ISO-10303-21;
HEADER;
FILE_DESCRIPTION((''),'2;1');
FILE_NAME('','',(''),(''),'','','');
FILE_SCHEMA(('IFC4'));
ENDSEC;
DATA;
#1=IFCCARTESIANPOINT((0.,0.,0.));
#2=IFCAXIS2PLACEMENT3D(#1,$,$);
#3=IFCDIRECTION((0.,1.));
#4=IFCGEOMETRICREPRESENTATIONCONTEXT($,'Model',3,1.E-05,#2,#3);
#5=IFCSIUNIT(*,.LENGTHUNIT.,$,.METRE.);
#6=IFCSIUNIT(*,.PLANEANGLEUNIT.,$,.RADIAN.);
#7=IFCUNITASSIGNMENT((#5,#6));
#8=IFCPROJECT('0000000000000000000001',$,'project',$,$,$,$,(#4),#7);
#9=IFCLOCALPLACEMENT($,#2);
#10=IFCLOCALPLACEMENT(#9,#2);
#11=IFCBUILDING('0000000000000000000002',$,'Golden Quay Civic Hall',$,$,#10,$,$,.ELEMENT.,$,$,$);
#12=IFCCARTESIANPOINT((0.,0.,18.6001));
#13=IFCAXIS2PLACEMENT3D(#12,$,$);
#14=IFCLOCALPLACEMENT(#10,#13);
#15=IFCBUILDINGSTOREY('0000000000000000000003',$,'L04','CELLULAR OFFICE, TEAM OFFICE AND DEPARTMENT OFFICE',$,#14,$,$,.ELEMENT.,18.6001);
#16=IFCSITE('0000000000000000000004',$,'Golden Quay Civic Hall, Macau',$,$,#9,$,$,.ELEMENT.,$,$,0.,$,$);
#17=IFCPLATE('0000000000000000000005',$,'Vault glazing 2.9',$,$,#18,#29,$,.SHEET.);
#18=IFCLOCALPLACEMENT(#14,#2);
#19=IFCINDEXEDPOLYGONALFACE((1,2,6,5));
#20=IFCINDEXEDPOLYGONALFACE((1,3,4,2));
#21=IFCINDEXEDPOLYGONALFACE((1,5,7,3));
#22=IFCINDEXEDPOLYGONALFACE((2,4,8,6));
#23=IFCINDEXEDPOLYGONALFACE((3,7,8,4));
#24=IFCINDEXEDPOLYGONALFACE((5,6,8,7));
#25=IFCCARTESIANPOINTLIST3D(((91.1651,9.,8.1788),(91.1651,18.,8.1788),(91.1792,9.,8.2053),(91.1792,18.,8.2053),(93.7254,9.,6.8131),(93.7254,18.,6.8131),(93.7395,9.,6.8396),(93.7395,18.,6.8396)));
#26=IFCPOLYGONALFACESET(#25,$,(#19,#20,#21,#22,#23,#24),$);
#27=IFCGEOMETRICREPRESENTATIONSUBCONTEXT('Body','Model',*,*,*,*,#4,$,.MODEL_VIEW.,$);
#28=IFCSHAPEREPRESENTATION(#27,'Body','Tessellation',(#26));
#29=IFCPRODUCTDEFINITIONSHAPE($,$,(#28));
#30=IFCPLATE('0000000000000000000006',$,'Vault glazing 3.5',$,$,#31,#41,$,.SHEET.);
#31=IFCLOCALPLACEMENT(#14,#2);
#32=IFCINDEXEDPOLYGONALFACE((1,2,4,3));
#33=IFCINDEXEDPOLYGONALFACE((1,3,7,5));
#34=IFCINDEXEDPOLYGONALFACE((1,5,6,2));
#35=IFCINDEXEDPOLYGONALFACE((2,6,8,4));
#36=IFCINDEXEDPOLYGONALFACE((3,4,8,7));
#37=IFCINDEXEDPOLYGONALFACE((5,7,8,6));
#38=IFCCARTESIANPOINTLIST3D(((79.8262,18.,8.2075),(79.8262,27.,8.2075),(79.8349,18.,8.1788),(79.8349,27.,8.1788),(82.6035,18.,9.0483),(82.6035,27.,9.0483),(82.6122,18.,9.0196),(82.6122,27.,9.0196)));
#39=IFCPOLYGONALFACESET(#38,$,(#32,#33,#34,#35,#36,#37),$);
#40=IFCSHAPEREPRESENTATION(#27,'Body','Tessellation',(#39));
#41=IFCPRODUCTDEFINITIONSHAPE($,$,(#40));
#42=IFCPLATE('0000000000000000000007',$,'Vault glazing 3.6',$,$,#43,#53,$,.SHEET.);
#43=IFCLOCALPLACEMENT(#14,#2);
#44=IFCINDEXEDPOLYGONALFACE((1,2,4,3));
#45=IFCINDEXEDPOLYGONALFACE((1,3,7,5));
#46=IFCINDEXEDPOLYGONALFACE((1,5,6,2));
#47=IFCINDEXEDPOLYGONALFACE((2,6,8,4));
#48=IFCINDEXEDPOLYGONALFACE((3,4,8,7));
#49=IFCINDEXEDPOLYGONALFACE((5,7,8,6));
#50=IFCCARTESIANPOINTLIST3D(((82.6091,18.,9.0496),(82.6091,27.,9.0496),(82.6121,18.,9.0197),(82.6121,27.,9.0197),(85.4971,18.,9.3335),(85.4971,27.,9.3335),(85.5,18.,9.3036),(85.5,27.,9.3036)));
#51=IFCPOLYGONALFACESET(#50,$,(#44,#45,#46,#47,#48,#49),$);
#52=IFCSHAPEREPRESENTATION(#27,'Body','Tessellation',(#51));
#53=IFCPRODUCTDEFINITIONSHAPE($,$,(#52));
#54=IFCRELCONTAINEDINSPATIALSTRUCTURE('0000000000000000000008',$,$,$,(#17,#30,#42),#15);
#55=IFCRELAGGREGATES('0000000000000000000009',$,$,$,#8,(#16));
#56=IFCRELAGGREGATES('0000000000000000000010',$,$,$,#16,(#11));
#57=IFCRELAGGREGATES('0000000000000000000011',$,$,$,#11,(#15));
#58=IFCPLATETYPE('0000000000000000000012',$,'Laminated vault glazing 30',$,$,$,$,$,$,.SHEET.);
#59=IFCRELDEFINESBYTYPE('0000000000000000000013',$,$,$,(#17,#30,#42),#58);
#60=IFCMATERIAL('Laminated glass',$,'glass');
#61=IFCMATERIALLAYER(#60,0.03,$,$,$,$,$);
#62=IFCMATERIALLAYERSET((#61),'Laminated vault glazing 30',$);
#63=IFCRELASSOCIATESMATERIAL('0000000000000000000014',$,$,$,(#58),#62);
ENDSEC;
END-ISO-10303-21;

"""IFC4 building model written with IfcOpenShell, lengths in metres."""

from ifc_helpers import new_model, si_unit, direction, frame, origin, place, context, subcontext, project, spatial, polyline, outline, extrude, material, layer, layer_set, type_object, element, save


model = new_model("IFC4")

# Units and contexts
model_context = context("Model", 3, precision=1e-05, world=origin(), true_north=direction((0.0, 1.0)))
body_context = subcontext(model_context, "Body", "Model", "MODEL_VIEW")
ifc_project = project(units=[si_unit("LENGTHUNIT", "METRE"), si_unit("PLANEANGLEUNIT", "RADIAN")], contexts=[model_context])

# Site, building, storey
site_placement = place(None, origin())
site = spatial("IfcSite", under=ifc_project, at=site_placement, Name="Golden Quay Civic Hall, Macau", CompositionType="ELEMENT", RefElevation=0.0)
building_placement = place(site_placement, origin())
building = spatial("IfcBuilding", under=site, at=building_placement, Name="Golden Quay Civic Hall", CompositionType="ELEMENT")
storey_placement = place(building_placement, frame((0.0, 0.0, 18.6001)))
storey = spatial("IfcBuildingStorey", under=building, at=storey_placement, Name="L04", Description="CELLULAR OFFICE, TEAM OFFICE AND DEPARTMENT OFFICE", CompositionType="ELEMENT", Elevation=18.6001)

# Plates
ifc_material_1 = material(Name="Laminated glass", Category="glass")
ifc_layer = layer(ifc_material_1, 0.03)
ifc_layer_set = layer_set([ifc_layer], Name="Laminated vault glazing 30")
plate_type = type_object("IfcPlateType", Name="Laminated vault glazing 30", PredefinedType="SHEET", material=ifc_layer_set)
plate_1_placement = place(storey_placement, frame((91.1792, 9.0, 8.2053), z_axis=(0.470649, 0.0, 0.88232), x_axis=(0.88232, 0.0, -0.470649)))
element("IfcPlate", 1, at=plate_1_placement, inside=storey, type_object=plate_type, Name="Vault glazing 2.9", PredefinedType="SHEET", context=body_context, shape_type="SweptSolid", body=[
    extrude(outline(polyline([(0.0, 0.0), (2.9018, 0.0), (2.9018, 9.0), (0.0, 9.0), (0.0, 0.0)])), origin(), (0.0, 0.0, -1.0), 0.03),
])
plate_2_placement = place(storey_placement, frame((79.8262, 18.0, 8.2075), z_axis=(-0.289755, 0.0, 0.957101), x_axis=(0.957101, 0.0, 0.289755)))
element("IfcPlate", 2, at=plate_2_placement, inside=storey, type_object=plate_type, Name="Vault glazing 3.5", PredefinedType="SHEET", context=body_context, shape_type="SweptSolid", body=[
    extrude(outline(polyline([(0.0, 0.0), (2.9018, 0.0), (2.9018, 9.0), (0.0, 9.0), (0.0, 0.0)])), origin(), (0.0, 0.0, -1.0), 0.03),
])
plate_3_placement = place(storey_placement, frame((82.6091, 18.0, 9.0496), z_axis=(-0.097846, 0.0, 0.995202), x_axis=(0.995202, 0.0, 0.097846)))
element("IfcPlate", 3, at=plate_3_placement, inside=storey, type_object=plate_type, Name="Vault glazing 3.6", PredefinedType="SHEET", context=body_context, shape_type="SweptSolid", body=[
    extrude(outline(polyline([(0.0, 0.0), (2.9019, 0.0), (2.9019, 9.0), (0.0, 9.0), (0.0, 0.0)])), origin(), (0.0, 0.0, -1.0), 0.03),
])

save(model, "model.ifc")
